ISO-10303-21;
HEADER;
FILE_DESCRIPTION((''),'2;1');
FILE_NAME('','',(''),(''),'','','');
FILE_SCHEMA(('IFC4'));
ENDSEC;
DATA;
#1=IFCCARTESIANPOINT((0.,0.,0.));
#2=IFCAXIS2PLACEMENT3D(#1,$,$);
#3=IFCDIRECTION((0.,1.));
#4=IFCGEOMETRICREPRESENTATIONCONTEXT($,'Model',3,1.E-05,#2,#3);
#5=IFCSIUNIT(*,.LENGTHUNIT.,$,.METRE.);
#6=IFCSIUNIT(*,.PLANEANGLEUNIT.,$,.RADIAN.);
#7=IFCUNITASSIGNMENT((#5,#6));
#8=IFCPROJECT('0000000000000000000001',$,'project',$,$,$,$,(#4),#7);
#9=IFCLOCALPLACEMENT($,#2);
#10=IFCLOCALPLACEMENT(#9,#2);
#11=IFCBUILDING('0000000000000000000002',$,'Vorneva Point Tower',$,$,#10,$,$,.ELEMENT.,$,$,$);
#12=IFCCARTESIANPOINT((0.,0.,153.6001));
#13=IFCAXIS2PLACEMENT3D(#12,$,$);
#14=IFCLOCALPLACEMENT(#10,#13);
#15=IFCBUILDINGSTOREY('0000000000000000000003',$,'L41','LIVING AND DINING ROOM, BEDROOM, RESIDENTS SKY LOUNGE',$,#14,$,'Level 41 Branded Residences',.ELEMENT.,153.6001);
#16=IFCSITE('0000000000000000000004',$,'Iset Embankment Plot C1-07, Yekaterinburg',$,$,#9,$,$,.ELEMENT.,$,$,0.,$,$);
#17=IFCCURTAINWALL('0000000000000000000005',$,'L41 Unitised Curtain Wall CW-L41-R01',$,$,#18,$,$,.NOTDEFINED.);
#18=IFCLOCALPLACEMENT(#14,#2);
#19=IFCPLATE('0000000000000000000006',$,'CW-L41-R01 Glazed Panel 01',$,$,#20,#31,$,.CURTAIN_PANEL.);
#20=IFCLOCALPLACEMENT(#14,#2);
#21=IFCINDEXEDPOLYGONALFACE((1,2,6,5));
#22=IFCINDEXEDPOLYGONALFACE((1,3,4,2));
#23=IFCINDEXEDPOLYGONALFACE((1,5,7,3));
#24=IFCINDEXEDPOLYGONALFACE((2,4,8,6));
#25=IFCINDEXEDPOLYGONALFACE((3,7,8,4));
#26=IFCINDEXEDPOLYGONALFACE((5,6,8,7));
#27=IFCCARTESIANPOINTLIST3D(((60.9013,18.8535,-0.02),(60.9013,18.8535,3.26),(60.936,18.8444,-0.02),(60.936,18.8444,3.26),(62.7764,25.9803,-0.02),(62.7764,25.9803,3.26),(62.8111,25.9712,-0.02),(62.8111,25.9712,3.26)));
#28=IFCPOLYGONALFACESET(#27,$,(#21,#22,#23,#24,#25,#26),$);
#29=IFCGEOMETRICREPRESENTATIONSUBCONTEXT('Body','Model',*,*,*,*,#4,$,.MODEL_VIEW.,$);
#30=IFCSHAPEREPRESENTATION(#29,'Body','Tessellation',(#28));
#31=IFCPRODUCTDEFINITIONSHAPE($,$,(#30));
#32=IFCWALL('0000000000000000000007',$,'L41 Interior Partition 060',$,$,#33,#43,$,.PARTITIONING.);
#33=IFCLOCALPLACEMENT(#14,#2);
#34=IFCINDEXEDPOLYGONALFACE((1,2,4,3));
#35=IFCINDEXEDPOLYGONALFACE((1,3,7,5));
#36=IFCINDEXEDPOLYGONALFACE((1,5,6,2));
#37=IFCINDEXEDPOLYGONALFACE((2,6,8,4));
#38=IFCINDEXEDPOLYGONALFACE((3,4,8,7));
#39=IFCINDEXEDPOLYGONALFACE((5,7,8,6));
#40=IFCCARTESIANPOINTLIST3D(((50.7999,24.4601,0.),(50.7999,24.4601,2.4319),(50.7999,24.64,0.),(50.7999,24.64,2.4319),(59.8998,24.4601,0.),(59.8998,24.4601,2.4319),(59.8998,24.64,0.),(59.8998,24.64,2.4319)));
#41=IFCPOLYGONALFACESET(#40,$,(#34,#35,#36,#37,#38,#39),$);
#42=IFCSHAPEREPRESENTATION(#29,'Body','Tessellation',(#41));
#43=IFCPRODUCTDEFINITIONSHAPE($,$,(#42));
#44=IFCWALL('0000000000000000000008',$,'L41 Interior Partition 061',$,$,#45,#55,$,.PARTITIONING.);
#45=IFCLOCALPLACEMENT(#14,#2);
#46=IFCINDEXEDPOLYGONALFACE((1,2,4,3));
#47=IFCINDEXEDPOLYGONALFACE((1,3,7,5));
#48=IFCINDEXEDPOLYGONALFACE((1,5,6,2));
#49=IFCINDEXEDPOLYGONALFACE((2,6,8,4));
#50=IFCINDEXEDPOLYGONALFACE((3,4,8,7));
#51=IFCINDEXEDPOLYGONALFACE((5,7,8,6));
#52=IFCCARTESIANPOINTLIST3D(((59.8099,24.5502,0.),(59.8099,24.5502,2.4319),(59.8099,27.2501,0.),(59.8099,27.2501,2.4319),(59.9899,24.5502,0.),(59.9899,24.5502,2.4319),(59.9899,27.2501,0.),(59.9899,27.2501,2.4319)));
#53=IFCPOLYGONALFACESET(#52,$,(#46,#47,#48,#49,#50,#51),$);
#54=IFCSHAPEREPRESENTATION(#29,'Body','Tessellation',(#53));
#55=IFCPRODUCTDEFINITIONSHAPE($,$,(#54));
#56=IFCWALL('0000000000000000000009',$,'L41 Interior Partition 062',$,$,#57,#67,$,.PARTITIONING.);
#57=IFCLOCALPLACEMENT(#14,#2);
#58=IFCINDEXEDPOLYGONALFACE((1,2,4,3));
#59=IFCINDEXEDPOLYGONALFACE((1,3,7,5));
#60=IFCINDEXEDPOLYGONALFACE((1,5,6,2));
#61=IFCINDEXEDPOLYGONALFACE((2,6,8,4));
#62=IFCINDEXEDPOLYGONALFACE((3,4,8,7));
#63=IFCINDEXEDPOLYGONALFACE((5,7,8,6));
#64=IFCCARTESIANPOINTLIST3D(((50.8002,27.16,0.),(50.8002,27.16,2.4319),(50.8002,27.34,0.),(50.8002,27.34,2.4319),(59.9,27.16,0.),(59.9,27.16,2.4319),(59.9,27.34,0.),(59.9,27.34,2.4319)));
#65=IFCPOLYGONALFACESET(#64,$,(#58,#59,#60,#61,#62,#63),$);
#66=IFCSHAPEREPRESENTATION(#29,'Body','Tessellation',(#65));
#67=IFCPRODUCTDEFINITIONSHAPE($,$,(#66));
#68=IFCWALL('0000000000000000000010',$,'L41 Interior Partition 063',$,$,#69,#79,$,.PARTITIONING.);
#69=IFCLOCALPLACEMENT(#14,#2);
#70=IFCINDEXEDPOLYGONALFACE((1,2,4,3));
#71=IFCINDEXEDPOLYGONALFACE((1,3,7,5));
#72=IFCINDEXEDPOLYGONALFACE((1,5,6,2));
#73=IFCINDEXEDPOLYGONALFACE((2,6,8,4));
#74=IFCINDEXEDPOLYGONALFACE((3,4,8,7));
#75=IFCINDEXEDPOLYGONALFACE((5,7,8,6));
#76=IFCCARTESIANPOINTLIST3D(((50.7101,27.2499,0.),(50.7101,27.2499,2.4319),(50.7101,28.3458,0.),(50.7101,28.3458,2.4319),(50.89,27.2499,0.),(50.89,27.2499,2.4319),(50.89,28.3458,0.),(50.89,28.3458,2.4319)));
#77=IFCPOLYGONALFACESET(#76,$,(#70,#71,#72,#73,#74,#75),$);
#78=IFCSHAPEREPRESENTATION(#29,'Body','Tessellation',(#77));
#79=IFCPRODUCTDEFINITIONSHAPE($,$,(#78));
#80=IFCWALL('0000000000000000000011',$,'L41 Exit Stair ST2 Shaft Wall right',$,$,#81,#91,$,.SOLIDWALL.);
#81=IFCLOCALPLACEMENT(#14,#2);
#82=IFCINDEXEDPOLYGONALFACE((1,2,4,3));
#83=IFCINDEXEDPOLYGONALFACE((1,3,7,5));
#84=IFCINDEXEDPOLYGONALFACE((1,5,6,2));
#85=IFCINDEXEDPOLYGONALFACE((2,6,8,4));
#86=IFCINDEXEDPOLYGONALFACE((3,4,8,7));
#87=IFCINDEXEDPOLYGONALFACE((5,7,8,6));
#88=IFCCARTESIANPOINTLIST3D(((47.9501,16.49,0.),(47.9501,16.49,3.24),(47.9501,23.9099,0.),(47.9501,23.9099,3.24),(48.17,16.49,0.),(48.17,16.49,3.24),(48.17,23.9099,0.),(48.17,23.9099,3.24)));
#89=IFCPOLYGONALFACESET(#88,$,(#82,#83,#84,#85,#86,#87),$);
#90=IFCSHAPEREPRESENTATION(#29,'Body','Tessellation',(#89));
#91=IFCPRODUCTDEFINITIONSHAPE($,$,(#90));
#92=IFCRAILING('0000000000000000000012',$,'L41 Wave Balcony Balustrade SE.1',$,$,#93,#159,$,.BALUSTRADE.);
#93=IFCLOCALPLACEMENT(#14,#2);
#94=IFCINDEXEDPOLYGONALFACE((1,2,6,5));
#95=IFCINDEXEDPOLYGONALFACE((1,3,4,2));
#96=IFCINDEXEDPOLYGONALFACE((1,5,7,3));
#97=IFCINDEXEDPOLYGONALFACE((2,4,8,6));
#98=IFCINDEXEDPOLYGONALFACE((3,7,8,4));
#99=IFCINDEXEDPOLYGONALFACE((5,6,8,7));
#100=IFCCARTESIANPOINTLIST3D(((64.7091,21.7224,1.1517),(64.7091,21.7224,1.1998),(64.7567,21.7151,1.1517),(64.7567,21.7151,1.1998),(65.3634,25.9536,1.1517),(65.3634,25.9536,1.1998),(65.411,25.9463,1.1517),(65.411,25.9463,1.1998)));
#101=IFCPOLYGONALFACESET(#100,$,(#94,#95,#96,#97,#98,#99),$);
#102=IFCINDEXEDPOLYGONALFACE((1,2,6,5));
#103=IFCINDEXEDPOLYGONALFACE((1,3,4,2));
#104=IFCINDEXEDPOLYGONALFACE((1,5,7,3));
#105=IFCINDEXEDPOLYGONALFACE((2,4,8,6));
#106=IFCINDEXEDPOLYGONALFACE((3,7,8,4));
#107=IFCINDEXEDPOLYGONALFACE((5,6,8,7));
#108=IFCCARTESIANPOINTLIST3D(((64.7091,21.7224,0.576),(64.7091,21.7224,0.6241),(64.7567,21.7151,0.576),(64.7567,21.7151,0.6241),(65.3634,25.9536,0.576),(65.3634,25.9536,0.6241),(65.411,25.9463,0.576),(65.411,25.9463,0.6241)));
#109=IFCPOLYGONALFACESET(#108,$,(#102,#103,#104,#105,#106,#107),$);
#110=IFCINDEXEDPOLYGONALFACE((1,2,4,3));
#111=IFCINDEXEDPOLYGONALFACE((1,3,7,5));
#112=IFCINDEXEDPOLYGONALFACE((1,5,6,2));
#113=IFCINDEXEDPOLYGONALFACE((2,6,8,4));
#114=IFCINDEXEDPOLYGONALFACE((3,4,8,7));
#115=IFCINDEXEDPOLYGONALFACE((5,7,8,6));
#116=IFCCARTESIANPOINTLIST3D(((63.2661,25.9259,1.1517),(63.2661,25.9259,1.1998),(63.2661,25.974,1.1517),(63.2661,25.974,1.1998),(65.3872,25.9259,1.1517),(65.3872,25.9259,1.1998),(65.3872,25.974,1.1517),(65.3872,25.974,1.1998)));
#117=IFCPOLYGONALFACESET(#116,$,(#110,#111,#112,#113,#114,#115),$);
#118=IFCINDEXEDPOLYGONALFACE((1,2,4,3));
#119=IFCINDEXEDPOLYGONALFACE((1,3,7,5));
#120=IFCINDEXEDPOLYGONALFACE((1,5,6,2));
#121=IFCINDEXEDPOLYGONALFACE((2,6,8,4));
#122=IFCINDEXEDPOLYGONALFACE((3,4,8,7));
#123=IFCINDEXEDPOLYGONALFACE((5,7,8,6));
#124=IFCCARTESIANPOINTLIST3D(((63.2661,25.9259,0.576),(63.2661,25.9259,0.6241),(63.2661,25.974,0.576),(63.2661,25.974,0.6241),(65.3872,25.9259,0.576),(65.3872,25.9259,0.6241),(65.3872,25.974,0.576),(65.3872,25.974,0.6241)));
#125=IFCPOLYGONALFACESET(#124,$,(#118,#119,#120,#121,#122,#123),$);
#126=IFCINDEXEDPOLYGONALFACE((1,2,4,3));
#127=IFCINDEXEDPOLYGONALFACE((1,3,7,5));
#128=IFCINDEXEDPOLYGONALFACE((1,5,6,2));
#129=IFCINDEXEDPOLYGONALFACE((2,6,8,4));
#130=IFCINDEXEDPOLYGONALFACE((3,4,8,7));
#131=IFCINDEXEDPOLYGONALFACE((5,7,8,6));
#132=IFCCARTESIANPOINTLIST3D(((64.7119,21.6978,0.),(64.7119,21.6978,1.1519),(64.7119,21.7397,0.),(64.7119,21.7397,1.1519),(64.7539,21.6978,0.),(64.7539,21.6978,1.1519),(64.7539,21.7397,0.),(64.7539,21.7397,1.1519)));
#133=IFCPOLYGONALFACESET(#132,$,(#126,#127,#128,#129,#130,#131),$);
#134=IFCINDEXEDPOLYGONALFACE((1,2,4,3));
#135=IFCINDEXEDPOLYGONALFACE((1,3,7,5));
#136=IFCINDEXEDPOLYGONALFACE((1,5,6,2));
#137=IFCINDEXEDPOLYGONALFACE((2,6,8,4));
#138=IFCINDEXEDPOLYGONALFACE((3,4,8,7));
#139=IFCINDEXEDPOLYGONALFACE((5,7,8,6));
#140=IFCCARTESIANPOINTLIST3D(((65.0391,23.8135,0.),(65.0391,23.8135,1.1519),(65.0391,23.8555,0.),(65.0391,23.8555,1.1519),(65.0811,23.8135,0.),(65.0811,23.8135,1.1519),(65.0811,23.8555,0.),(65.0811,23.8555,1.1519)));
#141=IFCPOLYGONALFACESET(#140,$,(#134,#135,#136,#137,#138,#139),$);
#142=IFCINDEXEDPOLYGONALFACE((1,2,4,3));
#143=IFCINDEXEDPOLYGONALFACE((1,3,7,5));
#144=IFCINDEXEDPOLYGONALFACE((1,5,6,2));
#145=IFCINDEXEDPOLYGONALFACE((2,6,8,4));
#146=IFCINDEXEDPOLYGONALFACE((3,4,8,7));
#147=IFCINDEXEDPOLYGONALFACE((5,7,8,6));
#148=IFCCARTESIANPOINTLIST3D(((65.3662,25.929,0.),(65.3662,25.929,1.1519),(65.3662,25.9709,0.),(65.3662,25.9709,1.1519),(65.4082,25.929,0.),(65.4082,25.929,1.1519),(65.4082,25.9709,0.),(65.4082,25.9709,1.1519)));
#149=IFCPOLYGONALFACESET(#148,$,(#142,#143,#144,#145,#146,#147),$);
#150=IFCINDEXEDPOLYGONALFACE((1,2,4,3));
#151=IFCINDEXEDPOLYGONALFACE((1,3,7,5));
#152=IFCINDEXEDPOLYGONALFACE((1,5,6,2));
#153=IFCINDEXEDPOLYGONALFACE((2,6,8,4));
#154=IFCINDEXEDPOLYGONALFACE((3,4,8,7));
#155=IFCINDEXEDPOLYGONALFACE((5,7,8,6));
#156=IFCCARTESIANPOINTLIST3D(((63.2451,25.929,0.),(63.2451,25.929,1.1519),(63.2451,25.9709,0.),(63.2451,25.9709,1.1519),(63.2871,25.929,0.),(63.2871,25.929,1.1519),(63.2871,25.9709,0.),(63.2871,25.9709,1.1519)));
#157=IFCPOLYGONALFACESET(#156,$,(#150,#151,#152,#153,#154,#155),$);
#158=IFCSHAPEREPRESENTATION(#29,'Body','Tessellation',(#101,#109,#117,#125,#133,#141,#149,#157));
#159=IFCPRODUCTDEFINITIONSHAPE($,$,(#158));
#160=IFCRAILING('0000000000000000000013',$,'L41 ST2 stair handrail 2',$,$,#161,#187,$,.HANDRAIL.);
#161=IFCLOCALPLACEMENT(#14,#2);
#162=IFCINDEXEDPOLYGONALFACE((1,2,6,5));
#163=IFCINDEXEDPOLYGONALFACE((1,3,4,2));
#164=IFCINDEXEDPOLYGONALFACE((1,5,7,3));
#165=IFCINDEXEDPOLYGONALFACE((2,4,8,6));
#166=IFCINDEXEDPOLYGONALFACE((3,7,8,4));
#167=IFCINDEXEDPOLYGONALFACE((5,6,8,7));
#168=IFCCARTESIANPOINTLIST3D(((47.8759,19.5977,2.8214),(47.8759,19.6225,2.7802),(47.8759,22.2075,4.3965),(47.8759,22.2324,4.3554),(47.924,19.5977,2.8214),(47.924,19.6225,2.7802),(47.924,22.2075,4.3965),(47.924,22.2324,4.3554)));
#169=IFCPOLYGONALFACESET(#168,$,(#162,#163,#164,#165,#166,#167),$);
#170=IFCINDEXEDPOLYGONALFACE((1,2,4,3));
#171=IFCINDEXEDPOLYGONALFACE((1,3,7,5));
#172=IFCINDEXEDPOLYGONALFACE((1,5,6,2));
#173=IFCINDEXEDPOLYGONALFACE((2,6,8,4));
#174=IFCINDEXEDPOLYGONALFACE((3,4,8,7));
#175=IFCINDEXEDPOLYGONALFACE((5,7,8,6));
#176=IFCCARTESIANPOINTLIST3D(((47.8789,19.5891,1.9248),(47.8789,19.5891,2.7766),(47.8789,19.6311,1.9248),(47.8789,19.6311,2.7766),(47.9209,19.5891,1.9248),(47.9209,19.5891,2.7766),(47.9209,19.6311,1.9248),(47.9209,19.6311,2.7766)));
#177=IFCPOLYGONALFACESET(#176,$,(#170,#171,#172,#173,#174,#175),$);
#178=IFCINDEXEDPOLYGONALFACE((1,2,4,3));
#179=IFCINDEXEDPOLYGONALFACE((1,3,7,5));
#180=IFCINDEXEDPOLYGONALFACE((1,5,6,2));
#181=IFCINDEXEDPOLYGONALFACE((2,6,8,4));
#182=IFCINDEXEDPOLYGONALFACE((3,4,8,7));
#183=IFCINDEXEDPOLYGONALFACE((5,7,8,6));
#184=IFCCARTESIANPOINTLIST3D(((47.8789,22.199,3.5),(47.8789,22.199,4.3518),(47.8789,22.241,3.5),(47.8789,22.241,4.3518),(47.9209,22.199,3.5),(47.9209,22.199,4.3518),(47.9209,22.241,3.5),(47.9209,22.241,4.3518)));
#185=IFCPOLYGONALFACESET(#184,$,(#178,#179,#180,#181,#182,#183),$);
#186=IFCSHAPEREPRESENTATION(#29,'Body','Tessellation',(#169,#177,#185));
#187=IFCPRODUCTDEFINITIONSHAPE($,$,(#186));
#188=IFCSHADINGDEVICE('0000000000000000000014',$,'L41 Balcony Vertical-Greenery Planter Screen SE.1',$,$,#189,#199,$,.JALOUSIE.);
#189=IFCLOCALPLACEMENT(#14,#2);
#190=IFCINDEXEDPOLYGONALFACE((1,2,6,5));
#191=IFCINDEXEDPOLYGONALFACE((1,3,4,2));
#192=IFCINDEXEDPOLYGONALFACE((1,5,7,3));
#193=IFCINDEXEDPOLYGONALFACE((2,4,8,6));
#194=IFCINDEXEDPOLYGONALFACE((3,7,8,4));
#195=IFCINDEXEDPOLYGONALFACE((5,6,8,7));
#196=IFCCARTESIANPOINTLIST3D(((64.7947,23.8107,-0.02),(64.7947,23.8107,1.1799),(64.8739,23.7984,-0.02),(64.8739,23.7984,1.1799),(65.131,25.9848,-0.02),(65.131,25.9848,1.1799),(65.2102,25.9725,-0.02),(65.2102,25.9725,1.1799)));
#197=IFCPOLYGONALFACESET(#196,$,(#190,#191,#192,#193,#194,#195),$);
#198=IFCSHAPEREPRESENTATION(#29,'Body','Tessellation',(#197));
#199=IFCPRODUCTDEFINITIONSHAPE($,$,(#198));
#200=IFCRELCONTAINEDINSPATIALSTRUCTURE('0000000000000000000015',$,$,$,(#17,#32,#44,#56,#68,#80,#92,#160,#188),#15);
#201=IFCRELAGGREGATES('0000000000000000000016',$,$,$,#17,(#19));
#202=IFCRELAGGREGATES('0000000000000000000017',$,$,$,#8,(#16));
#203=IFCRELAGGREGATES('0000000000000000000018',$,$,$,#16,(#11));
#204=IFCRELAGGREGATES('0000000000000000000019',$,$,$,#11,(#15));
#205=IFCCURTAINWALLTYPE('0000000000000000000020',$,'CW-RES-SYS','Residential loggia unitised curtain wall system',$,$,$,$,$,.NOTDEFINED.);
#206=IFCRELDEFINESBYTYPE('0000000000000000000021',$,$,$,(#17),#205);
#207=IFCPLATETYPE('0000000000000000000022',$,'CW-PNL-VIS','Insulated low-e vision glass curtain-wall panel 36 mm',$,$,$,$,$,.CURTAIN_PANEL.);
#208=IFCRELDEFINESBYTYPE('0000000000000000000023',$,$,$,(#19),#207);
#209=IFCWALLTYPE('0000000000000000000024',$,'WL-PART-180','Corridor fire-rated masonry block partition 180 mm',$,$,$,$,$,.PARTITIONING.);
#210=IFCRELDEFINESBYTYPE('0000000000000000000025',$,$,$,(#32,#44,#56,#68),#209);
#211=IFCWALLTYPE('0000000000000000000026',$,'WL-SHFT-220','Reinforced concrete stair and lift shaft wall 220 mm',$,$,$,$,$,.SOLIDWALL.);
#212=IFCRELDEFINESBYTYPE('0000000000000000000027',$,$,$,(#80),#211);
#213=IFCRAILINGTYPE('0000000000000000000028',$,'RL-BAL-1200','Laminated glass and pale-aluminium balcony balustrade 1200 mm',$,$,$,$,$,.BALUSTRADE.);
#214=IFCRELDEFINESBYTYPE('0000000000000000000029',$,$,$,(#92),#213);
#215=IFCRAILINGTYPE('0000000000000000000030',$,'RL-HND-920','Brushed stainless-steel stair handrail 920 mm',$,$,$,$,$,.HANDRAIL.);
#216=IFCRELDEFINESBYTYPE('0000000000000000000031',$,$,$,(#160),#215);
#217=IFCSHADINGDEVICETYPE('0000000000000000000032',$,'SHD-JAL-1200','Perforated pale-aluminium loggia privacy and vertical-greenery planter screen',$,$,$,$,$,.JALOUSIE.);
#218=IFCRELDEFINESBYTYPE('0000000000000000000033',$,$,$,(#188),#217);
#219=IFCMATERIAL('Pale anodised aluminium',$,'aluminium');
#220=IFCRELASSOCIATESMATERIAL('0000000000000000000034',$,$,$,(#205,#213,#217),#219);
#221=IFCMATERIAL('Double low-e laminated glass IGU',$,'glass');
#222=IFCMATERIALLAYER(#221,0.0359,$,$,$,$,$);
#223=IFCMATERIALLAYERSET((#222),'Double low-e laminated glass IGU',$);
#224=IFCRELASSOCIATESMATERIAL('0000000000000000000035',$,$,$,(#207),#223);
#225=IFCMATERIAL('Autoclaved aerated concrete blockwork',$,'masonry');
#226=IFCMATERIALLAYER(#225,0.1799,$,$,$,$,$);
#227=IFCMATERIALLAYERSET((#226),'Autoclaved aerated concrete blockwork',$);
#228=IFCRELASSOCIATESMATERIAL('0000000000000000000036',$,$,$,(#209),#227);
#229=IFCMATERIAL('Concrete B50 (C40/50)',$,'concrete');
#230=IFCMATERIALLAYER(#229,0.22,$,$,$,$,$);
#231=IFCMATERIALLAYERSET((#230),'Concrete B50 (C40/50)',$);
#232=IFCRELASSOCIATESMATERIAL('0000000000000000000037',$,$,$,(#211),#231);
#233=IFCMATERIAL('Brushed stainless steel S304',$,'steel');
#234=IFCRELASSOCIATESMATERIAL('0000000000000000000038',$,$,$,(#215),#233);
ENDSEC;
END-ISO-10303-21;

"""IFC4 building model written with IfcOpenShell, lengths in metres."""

from ifc_helpers import new_model, si_unit, direction, frame, frame_2d, origin, origin_2d, place, context, subcontext, project, spatial, rectangle, extrude, material, layer, layer_set, type_object, element, aggregate, save


model = new_model("IFC4")

# Units and contexts
model_context = context("Model", 3, precision=1e-05, world=origin(), true_north=direction((0.0, 1.0)))
body_context = subcontext(model_context, "Body", "Model", "MODEL_VIEW")
ifc_project = project(units=[si_unit("LENGTHUNIT", "METRE"), si_unit("PLANEANGLEUNIT", "RADIAN")], contexts=[model_context])

# Site, building, storey
site_placement = place(None, origin())
site = spatial("IfcSite", under=ifc_project, at=site_placement, Name="Iset Embankment Plot C1-07, Yekaterinburg", CompositionType="ELEMENT", RefElevation=0.0)
building_placement = place(site_placement, origin())
building = spatial("IfcBuilding", under=site, at=building_placement, Name="Vorneva Point Tower", CompositionType="ELEMENT")
storey_placement = place(building_placement, frame((0.0, 0.0, 153.6001)))
storey = spatial("IfcBuildingStorey", under=building, at=storey_placement, Name="L41", Description="LIVING AND DINING ROOM, BEDROOM, RESIDENTS SKY LOUNGE", LongName="Level 41 Branded Residences", CompositionType="ELEMENT", Elevation=153.6001)

# Curtain wall, plate
ifc_material_1 = material(Name="Pale anodised aluminium", Category="aluminium")
curtain_wall_type = type_object("IfcCurtainWallType", Name="CW-RES-SYS", Description="Residential loggia unitised curtain wall system", PredefinedType="NOTDEFINED", material=ifc_material_1)
curtain_wall_placement = place(storey_placement, origin())
curtain_wall = element("IfcCurtainWall", 1, at=curtain_wall_placement, inside=storey, type_object=curtain_wall_type, Name="L41 Unitised Curtain Wall CW-L41-R01", PredefinedType="NOTDEFINED")
ifc_material_2 = material(Name="Double low-e laminated glass IGU", Category="glass")
ifc_layer_1 = layer(ifc_material_2, 0.0359)
ifc_layer_set_1 = layer_set([ifc_layer_1], Name="Double low-e laminated glass IGU")
plate_type = type_object("IfcPlateType", Name="CW-PNL-VIS", Description="Insulated low-e vision glass curtain-wall panel 36 mm", PredefinedType="CURTAIN_PANEL", material=ifc_layer_set_1)
plate_placement = place(storey_placement, frame((61.8562, 22.4124, -0.02), z_axis=(0.0, 0.0, 1.0), x_axis=(0.254433, 0.96709, 0.0)))
plate = element("IfcPlate", 2, at=plate_placement, type_object=plate_type, Name="CW-L41-R01 Glazed Panel 01", PredefinedType="CURTAIN_PANEL", context=body_context, shape_type="SweptSolid", body=[
    extrude(rectangle(XDim=7.3694, YDim=0.0359, at=origin_2d()), origin(), (0.0, 0.0, 1.0), 3.28),
])
aggregate(curtain_wall, [plate])

# Shared definitions
ifc_material_3 = material(Name="Autoclaved aerated concrete blockwork", Category="masonry")
ifc_layer_2 = layer(ifc_material_3, 0.1799)
ifc_layer_set_2 = layer_set([ifc_layer_2], Name="Autoclaved aerated concrete blockwork")
wall_type_1 = type_object("IfcWallType", Name="WL-PART-180", Description="Corridor fire-rated masonry block partition 180 mm", PredefinedType="PARTITIONING", material=ifc_layer_set_2)

# Walls
wall_1_placement = place(storey_placement, frame((50.8, 24.55, 0.0), z_axis=(0.0, 0.0, 1.0), x_axis=(1.0, 0.0, 0.0)))
element("IfcWall", 3, at=wall_1_placement, inside=storey, type_object=wall_type_1, Name="L41 Interior Partition 060", PredefinedType="PARTITIONING", context=body_context, shape_type="SweptSolid", body=[
    extrude(rectangle(XDim=9.0999, YDim=0.1799, at=frame_2d((4.5498, 0.0))), origin(), (0.0, 0.0, 1.0), 2.4319),
])
wall_2_placement = place(storey_placement, frame((59.8999, 24.55, 0.0), z_axis=(0.0, 0.0, 1.0), x_axis=(0.0, 1.0, 0.0)))
element("IfcWall", 4, at=wall_2_placement, inside=storey, type_object=wall_type_1, Name="L41 Interior Partition 061", PredefinedType="PARTITIONING", context=body_context, shape_type="SweptSolid", body=[
    extrude(rectangle(XDim=2.7, YDim=0.1799, at=frame_2d((1.3501, 0.0))), origin(), (0.0, 0.0, 1.0), 2.4319),
])
wall_3_placement = place(storey_placement, frame((59.8999, 27.25, 0.0), z_axis=(0.0, 0.0, 1.0), x_axis=(-1.0, 0.0, 0.0)))
element("IfcWall", 5, at=wall_3_placement, inside=storey, type_object=wall_type_1, Name="L41 Interior Partition 062", PredefinedType="PARTITIONING", context=body_context, shape_type="SweptSolid", body=[
    extrude(rectangle(XDim=9.0999, YDim=0.1799, at=frame_2d((4.5498, 0.0))), origin(), (0.0, 0.0, 1.0), 2.4319),
])
wall_4_placement = place(storey_placement, frame((50.8, 27.25, 0.0), z_axis=(0.0, 0.0, 1.0), x_axis=(0.0, 1.0, 0.0)))
element("IfcWall", 6, at=wall_4_placement, inside=storey, type_object=wall_type_1, Name="L41 Interior Partition 063", PredefinedType="PARTITIONING", context=body_context, shape_type="SweptSolid", body=[
    extrude(rectangle(XDim=1.0959, YDim=0.1799, at=frame_2d((0.5479, 0.0))), origin(), (0.0, 0.0, 1.0), 2.4319),
])
ifc_material_4 = material(Name="Concrete B50 (C40/50)", Category="concrete")
ifc_layer_3 = layer(ifc_material_4, 0.22)
ifc_layer_set_3 = layer_set([ifc_layer_3], Name="Concrete B50 (C40/50)")
wall_type_2 = type_object("IfcWallType", Name="WL-SHFT-220", Description="Reinforced concrete stair and lift shaft wall 220 mm", PredefinedType="SOLIDWALL", material=ifc_layer_set_3)
wall_5_placement = place(storey_placement, frame((48.0601, 23.9099, 0.0), z_axis=(0.0, 0.0, 1.0), x_axis=(0.0, -1.0, 0.0)))
element("IfcWall", 7, at=wall_5_placement, inside=storey, type_object=wall_type_2, Name="L41 Exit Stair ST2 Shaft Wall right", PredefinedType="SOLIDWALL", context=body_context, shape_type="SweptSolid", body=[
    extrude(rectangle(XDim=7.4199, YDim=0.22, at=frame_2d((3.71, 0.0))), origin(), (0.0, 0.0, 1.0), 3.24),
])

# Railings
railing_type_1 = type_object("IfcRailingType", Name="RL-BAL-1200", Description="Laminated glass and pale-aluminium balcony balustrade 1200 mm", PredefinedType="BALUSTRADE", material=ifc_material_1)
railing_1_placement = place(storey_placement, frame((64.7329, 21.7188, 0.0)))
element("IfcRailing", 8, at=railing_1_placement, inside=storey, type_object=railing_type_1, Name="L41 Wave Balcony Balustrade SE.1", PredefinedType="BALUSTRADE", context=body_context, shape_type="SweptSolid", body=[
    extrude(rectangle(XDim=0.0481, YDim=0.0481, at=origin_2d()), frame((0.0, 0.0, 1.1758), z_axis=(0.15282, 0.988254, 0.0), x_axis=(-0.988254, 0.15282, 0.0)), (0.0, 0.0, 1.0), 4.2815),
    extrude(rectangle(XDim=0.0481, YDim=0.0481, at=origin_2d()), frame((0.0, 0.0, 0.6001), z_axis=(0.15282, 0.988254, 0.0), x_axis=(-0.988254, 0.15282, 0.0)), (0.0, 0.0, 1.0), 4.2815),
    extrude(rectangle(XDim=0.0481, YDim=0.0481, at=origin_2d()), frame((0.6543, 4.2312, 1.1758), z_axis=(-1.0, 0.0, 0.0), x_axis=(0.0, -1.0, 0.0)), (0.0, 0.0, 1.0), 2.1211),
    extrude(rectangle(XDim=0.0481, YDim=0.0481, at=origin_2d()), frame((0.6543, 4.2312, 0.6001), z_axis=(-1.0, 0.0, 0.0), x_axis=(0.0, -1.0, 0.0)), (0.0, 0.0, 1.0), 2.1211),
    extrude(rectangle(XDim=0.042, YDim=0.042, at=origin_2d()), origin(), (0.0, 0.0, 1.0), 1.1519),
    extrude(rectangle(XDim=0.042, YDim=0.042, at=origin_2d()), frame((0.3271, 2.1157, 0.0)), (0.0, 0.0, 1.0), 1.1519),
    extrude(rectangle(XDim=0.042, YDim=0.042, at=origin_2d()), frame((0.6543, 4.2312, 0.0)), (0.0, 0.0, 1.0), 1.1519),
    extrude(rectangle(XDim=0.042, YDim=0.042, at=origin_2d()), frame((-1.4668, 4.2312, 0.0)), (0.0, 0.0, 1.0), 1.1519),
])
ifc_material_5 = material(Name="Brushed stainless steel S304", Category="steel")
railing_type_2 = type_object("IfcRailingType", Name="RL-HND-920", Description="Brushed stainless-steel stair handrail 920 mm", PredefinedType="HANDRAIL", material=ifc_material_5)
railing_2_placement = place(storey_placement, frame((47.8999, 19.6101, 1.9248)))
element("IfcRailing", 9, at=railing_2_placement, inside=storey, type_object=railing_type_2, Name="L41 ST2 stair handrail 2", PredefinedType="HANDRAIL", context=body_context, shape_type="SweptSolid", body=[
    extrude(rectangle(XDim=0.0481, YDim=0.0481, at=origin_2d()), frame((0.0, 0.0, 0.876), z_axis=(0.0, 0.856147, 0.516732), x_axis=(-1.0, 0.0, 0.0)), (0.0, 0.0, 1.0), 3.0483),
    extrude(rectangle(XDim=0.042, YDim=0.042, at=origin_2d()), origin(), (0.0, 0.0, 1.0), 0.8518),
    extrude(rectangle(XDim=0.042, YDim=0.042, at=origin_2d()), frame((0.0, 2.6099, 1.5752)), (0.0, 0.0, 1.0), 0.8518),
])

# Shading device
shading_device_type = type_object("IfcShadingDeviceType", Name="SHD-JAL-1200", Description="Perforated pale-aluminium loggia privacy and vertical-greenery planter screen", PredefinedType="JALOUSIE", material=ifc_material_1)
shading_device_placement = place(storey_placement, frame((65.0024, 24.8916, -0.02), z_axis=(0.0, 0.0, 1.0), x_axis=(0.152865, 0.988247, 0.0)))
element("IfcShadingDevice", 10, at=shading_device_placement, inside=storey, type_object=shading_device_type, Name="L41 Balcony Vertical-Greenery Planter Screen SE.1", PredefinedType="JALOUSIE", context=body_context, shape_type="SweptSolid", body=[
    extrude(rectangle(XDim=2.2, YDim=0.0801, at=origin_2d()), origin(), (0.0, 0.0, 1.0), 1.2),
])

save(model, "model.ifc")
